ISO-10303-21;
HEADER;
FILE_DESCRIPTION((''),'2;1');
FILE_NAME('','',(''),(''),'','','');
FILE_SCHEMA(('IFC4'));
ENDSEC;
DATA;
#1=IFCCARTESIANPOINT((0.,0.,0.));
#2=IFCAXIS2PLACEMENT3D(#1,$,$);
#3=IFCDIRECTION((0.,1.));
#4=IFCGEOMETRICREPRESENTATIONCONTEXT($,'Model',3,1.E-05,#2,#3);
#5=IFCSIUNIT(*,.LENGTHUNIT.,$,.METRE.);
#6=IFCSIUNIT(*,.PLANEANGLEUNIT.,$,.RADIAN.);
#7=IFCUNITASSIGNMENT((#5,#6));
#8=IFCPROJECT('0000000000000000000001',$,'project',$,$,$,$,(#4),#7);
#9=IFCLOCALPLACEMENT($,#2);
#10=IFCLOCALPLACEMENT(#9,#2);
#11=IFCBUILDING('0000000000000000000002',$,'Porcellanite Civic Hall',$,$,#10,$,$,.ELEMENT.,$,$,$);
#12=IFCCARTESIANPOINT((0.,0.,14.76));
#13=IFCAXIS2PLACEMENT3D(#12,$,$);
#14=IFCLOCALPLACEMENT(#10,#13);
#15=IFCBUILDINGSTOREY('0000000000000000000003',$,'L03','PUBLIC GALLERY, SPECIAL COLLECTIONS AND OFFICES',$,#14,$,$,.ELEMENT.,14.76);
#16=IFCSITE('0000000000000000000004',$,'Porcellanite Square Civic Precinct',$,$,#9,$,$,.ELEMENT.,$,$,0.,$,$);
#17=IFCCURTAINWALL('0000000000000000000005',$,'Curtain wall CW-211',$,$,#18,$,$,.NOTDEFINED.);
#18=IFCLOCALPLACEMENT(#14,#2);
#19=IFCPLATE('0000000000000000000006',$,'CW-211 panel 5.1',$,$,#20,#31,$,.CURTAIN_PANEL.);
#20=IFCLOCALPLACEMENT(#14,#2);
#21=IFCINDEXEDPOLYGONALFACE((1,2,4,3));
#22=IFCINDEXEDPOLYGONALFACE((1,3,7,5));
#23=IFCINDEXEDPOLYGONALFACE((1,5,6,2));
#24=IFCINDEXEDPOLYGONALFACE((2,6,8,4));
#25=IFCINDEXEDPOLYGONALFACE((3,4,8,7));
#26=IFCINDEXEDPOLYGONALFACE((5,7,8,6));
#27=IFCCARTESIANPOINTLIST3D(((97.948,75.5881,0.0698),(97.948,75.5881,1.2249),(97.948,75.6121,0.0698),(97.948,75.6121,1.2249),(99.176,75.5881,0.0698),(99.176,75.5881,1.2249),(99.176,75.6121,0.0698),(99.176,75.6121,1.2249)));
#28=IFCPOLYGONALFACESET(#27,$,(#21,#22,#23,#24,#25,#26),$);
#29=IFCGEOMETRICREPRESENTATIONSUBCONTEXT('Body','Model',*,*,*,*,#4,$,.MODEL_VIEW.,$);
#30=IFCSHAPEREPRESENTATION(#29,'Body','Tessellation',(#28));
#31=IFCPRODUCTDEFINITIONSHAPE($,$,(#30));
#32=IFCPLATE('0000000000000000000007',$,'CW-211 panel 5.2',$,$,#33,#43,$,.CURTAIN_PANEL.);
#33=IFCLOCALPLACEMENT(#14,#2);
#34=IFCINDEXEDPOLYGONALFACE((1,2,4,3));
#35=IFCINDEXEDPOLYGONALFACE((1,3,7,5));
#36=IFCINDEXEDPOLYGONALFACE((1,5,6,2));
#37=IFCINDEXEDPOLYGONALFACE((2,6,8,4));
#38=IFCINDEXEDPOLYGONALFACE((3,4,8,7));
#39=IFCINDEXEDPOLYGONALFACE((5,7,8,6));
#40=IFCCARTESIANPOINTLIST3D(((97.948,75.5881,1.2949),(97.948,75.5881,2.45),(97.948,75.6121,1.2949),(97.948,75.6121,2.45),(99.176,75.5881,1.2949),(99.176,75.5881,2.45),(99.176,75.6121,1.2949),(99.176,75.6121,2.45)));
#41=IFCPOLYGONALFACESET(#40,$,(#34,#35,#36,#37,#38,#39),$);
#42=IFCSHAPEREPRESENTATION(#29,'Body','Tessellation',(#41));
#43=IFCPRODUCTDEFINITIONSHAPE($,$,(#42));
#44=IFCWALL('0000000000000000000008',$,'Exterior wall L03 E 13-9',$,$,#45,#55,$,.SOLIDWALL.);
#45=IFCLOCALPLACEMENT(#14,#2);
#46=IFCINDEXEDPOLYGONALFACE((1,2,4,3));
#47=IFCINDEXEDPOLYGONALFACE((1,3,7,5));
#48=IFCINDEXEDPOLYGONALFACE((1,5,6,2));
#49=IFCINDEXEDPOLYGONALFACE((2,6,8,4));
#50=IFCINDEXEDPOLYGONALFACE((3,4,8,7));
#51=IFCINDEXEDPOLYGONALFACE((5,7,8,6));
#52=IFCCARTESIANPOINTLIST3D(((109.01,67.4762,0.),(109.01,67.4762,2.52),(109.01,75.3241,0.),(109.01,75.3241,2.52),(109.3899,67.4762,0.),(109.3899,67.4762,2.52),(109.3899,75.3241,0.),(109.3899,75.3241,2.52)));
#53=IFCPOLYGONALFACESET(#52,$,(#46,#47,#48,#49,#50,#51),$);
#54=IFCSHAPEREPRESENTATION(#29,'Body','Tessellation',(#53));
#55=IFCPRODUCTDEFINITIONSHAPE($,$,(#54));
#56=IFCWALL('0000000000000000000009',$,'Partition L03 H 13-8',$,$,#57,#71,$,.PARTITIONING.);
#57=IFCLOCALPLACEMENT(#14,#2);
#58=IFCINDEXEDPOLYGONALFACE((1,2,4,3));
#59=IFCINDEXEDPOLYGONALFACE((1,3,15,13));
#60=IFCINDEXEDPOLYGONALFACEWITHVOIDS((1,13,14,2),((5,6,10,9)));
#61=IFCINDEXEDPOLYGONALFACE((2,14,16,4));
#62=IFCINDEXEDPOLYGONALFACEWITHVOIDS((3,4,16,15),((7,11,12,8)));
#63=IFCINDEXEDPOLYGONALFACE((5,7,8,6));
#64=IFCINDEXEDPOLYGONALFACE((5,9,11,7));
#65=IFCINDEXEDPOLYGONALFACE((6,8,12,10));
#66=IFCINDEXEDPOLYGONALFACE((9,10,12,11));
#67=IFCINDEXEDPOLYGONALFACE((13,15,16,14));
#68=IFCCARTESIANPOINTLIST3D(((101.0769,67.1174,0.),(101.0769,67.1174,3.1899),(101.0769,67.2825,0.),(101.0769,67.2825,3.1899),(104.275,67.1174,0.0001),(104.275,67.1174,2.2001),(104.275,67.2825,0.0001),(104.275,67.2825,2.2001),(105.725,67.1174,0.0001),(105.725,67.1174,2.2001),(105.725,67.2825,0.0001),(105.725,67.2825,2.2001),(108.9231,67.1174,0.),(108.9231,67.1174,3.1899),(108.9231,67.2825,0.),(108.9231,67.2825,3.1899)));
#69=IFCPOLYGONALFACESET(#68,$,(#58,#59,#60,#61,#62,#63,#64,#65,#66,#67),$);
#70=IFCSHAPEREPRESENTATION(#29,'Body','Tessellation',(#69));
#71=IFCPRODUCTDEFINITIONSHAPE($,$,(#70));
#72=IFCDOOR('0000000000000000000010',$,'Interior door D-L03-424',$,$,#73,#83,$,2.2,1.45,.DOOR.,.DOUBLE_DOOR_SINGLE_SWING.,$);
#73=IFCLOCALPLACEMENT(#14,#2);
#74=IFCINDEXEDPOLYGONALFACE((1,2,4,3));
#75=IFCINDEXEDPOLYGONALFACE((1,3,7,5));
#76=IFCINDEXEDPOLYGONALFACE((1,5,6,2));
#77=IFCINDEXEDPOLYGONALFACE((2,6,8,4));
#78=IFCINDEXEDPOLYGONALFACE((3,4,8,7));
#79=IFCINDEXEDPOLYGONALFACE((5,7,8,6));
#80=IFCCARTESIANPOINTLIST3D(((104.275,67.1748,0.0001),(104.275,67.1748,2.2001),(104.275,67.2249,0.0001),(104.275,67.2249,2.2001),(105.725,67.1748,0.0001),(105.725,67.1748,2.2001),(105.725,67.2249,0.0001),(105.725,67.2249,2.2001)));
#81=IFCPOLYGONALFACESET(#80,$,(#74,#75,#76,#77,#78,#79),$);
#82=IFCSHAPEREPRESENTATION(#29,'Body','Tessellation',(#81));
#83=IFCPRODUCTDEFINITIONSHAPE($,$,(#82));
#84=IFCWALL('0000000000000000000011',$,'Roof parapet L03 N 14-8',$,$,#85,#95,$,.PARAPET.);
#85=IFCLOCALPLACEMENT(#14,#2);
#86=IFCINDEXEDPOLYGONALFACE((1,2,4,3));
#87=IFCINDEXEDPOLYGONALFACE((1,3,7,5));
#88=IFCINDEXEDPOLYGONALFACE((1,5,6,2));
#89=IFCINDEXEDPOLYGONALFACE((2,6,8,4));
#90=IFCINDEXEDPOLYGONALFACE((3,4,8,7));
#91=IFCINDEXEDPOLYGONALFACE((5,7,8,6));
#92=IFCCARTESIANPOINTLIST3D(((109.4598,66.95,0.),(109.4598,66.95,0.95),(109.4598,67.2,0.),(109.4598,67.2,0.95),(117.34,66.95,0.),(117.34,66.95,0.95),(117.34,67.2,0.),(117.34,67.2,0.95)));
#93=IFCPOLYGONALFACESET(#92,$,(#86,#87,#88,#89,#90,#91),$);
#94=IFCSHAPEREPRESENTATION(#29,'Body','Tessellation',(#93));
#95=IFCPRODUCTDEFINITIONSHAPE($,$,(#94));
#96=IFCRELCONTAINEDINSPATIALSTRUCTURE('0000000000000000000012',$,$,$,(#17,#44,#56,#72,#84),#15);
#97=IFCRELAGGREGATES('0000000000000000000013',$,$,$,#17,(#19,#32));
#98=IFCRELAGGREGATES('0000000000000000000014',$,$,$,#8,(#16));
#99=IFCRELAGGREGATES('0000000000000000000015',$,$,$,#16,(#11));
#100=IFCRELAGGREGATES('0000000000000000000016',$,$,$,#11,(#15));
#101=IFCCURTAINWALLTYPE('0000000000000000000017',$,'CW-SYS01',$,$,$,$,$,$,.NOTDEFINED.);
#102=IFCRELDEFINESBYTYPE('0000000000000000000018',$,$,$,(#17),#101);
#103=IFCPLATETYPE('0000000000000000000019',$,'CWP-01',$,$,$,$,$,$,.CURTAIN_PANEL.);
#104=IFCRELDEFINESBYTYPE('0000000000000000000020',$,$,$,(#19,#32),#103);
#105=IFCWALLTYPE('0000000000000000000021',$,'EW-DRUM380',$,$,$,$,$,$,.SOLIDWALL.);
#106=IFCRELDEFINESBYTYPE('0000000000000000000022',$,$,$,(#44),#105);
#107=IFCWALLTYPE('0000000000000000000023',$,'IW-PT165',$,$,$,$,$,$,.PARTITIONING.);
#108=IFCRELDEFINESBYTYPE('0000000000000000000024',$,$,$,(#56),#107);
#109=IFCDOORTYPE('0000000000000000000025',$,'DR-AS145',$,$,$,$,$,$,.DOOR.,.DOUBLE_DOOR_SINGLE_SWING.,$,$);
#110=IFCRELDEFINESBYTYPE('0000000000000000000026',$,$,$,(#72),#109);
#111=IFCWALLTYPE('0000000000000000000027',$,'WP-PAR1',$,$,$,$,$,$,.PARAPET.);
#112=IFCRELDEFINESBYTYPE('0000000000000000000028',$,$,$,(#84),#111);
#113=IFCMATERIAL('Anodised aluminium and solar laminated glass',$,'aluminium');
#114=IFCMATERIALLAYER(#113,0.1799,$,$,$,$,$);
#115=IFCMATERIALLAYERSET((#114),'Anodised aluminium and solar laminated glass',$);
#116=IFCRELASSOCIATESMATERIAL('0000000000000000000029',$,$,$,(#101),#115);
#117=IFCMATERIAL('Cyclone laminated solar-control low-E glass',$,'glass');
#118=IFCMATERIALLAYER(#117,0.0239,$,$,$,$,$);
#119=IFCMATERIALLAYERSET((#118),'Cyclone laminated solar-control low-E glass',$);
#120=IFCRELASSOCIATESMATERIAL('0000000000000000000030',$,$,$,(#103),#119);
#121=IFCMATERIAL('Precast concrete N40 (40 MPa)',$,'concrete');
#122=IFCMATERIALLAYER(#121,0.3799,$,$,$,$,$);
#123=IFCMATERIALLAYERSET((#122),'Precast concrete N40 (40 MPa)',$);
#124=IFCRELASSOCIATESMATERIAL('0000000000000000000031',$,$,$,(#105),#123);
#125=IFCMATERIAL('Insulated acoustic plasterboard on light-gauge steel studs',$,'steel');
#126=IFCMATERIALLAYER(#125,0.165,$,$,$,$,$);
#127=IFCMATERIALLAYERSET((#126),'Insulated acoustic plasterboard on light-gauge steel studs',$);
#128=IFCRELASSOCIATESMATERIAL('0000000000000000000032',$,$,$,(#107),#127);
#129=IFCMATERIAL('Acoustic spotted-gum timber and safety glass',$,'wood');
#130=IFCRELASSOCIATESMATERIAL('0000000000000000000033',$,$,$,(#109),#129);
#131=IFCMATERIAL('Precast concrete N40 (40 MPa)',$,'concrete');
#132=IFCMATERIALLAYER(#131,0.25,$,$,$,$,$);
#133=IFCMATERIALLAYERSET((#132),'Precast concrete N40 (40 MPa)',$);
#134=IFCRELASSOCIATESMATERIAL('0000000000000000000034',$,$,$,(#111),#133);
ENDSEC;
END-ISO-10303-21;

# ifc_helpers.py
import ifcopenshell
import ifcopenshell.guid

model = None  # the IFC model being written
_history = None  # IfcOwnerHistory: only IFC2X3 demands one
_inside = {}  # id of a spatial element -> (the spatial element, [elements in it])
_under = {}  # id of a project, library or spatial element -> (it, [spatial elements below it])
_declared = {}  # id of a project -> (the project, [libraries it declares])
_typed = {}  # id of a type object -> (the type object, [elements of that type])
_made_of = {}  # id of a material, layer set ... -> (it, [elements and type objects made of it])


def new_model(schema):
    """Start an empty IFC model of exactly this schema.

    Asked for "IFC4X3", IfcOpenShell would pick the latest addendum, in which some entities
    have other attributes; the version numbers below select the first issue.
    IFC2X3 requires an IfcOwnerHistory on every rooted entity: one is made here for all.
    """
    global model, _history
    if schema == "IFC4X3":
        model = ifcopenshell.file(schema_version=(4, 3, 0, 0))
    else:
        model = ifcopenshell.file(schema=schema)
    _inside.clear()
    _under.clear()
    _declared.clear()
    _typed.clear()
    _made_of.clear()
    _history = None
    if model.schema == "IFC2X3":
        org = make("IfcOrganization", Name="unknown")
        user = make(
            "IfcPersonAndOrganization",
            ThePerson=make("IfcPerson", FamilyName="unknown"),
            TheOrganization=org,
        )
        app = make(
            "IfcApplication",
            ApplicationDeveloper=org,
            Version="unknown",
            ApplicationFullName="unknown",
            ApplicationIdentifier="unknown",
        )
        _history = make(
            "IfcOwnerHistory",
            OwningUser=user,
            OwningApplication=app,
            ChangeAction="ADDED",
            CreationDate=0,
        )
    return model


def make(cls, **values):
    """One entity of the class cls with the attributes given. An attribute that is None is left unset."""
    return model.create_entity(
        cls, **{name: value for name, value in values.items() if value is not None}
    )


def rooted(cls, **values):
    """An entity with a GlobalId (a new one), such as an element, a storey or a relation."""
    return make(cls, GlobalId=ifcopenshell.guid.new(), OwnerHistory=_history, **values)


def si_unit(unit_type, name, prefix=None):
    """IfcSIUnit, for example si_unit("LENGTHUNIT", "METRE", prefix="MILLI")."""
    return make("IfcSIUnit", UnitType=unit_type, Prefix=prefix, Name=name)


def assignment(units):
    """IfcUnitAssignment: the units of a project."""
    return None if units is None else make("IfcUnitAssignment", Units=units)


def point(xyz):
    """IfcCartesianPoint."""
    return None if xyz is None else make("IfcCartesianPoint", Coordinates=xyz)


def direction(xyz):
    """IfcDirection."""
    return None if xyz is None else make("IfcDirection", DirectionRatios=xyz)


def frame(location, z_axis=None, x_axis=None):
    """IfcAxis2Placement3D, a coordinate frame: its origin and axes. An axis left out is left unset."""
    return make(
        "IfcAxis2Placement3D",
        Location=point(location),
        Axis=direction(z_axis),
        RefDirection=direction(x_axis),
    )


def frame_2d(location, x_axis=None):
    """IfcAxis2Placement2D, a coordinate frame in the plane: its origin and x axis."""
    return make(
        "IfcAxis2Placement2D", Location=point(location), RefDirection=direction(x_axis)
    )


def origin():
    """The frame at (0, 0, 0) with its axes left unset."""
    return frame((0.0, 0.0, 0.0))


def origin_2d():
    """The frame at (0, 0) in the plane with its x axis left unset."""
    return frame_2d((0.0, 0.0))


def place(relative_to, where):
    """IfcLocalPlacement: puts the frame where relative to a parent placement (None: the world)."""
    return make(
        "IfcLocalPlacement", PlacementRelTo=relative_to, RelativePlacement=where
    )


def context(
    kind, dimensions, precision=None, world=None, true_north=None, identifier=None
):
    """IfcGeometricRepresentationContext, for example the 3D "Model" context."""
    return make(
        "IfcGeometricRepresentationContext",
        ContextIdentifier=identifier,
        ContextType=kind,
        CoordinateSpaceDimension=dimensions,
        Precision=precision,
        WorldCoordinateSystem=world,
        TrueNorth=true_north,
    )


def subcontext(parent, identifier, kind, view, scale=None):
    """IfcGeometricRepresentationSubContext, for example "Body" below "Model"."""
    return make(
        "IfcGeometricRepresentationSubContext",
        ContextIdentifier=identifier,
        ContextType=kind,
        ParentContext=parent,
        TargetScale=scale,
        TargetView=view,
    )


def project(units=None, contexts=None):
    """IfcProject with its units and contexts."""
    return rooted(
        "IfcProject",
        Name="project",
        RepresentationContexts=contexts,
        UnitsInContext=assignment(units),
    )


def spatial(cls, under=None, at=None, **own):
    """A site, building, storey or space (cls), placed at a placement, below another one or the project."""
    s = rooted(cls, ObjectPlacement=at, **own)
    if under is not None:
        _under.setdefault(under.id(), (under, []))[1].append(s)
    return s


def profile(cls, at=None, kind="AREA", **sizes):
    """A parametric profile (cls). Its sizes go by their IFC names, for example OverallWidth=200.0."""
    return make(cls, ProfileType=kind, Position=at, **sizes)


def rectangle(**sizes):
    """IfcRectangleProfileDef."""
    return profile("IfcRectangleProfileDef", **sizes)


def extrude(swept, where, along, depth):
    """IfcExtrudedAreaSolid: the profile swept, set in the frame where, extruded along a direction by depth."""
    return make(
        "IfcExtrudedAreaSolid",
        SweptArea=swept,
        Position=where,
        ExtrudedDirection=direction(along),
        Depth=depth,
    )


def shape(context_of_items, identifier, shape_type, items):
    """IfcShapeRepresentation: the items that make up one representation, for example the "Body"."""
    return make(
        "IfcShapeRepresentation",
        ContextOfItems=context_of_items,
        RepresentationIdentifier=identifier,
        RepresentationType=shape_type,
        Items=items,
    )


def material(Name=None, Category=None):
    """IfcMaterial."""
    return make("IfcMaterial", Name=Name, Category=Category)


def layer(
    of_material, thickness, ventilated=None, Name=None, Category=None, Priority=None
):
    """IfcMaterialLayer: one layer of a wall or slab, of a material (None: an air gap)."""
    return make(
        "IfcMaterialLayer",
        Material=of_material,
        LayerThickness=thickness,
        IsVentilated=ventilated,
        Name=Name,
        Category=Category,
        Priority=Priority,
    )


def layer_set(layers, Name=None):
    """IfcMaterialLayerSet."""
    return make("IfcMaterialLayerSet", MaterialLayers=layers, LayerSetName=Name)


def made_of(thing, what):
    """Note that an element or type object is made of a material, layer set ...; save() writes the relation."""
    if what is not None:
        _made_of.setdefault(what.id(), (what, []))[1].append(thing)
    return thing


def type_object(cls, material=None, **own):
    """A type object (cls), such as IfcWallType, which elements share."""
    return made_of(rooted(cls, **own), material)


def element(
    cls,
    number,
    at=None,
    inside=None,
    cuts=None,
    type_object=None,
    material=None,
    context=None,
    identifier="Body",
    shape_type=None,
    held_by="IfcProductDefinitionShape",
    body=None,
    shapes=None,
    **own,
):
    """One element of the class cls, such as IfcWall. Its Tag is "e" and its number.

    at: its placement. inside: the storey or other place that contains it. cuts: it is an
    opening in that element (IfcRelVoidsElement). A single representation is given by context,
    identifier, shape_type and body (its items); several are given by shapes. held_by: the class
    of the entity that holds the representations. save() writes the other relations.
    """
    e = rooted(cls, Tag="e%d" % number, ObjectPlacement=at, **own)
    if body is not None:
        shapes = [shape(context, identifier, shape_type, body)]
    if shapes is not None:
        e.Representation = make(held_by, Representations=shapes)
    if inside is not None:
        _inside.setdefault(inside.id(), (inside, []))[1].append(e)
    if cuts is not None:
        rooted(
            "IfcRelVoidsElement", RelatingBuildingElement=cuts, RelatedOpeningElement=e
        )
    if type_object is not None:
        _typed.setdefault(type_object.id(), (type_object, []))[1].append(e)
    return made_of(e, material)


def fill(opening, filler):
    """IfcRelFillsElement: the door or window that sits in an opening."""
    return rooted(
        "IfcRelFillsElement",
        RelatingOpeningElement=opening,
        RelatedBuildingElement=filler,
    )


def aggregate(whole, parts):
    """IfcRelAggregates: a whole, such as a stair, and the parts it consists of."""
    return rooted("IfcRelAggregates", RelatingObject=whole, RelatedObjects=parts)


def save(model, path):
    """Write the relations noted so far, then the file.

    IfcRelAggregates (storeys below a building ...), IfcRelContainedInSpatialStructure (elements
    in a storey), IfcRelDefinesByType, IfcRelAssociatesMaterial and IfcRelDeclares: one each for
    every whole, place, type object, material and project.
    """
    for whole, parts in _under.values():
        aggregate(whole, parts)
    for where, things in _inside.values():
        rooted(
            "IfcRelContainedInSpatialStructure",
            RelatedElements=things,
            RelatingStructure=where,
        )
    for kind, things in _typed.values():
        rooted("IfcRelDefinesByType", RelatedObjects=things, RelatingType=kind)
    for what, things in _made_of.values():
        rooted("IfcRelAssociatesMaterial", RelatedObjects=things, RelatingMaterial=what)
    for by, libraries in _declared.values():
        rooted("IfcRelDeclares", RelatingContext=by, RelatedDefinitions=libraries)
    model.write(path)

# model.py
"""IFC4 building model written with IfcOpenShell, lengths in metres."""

from ifc_helpers import new_model, si_unit, direction, frame, frame_2d, origin, origin_2d, place, context, subcontext, project, spatial, rectangle, extrude, material, layer, layer_set, type_object, element, fill, aggregate, save


model = new_model("IFC4")

# Units and contexts
model_context = context("Model", 3, precision=1e-05, world=origin(), true_north=direction((0.0, 1.0)))
body_context = subcontext(model_context, "Body", "Model", "MODEL_VIEW")
ifc_project = project(units=[si_unit("LENGTHUNIT", "METRE"), si_unit("PLANEANGLEUNIT", "RADIAN")], contexts=[model_context])

# Site, building, storey
site_placement = place(None, origin())
site = spatial("IfcSite", under=ifc_project, at=site_placement, Name="Porcellanite Square Civic Precinct", CompositionType="ELEMENT", RefElevation=0.0)
building_placement = place(site_placement, origin())
building = spatial("IfcBuilding", under=site, at=building_placement, Name="Porcellanite Civic Hall", CompositionType="ELEMENT")
storey_placement = place(building_placement, frame((0.0, 0.0, 14.76)))
storey = spatial("IfcBuildingStorey", under=building, at=storey_placement, Name="L03", Description="PUBLIC GALLERY, SPECIAL COLLECTIONS AND OFFICES", CompositionType="ELEMENT", Elevation=14.76)

# Curtain wall
ifc_material_1 = material(Name="Anodised aluminium and solar laminated glass", Category="aluminium")
ifc_layer_1 = layer(ifc_material_1, 0.1799)
ifc_layer_set_1 = layer_set([ifc_layer_1], Name="Anodised aluminium and solar laminated glass")
curtain_wall_type = type_object("IfcCurtainWallType", Name="CW-SYS01", PredefinedType="NOTDEFINED", material=ifc_layer_set_1)
curtain_wall_placement = place(storey_placement, origin())
curtain_wall = element("IfcCurtainWall", 1, at=curtain_wall_placement, inside=storey, type_object=curtain_wall_type, Name="Curtain wall CW-211", PredefinedType="NOTDEFINED")

# Plates
ifc_material_2 = material(Name="Cyclone laminated solar-control low-E glass", Category="glass")
ifc_layer_2 = layer(ifc_material_2, 0.0239)
ifc_layer_set_2 = layer_set([ifc_layer_2], Name="Cyclone laminated solar-control low-E glass")
plate_type = type_object("IfcPlateType", Name="CWP-01", PredefinedType="CURTAIN_PANEL", material=ifc_layer_set_2)
plate_1_placement = place(storey_placement, frame((98.562, 75.6001, 0.0698), z_axis=(0.0, 0.0, 1.0), x_axis=(1.0, 0.0, 0.0)))
plate_1 = element("IfcPlate", 2, at=plate_1_placement, type_object=plate_type, Name="CW-211 panel 5.1", PredefinedType="CURTAIN_PANEL", context=body_context, shape_type="SweptSolid", body=[
    extrude(rectangle(XDim=1.228, YDim=0.0239, at=origin_2d()), origin(), (0.0, 0.0, 1.0), 1.155),
])
plate_2_placement = place(storey_placement, frame((98.562, 75.6001, 1.2949), z_axis=(0.0, 0.0, 1.0), x_axis=(1.0, 0.0, 0.0)))
plate_2 = element("IfcPlate", 3, at=plate_2_placement, type_object=plate_type, Name="CW-211 panel 5.2", PredefinedType="CURTAIN_PANEL", context=body_context, shape_type="SweptSolid", body=[
    extrude(rectangle(XDim=1.228, YDim=0.0239, at=origin_2d()), origin(), (0.0, 0.0, 1.0), 1.155),
])
aggregate(curtain_wall, [plate_1, plate_2])

# Wall
ifc_material_3 = material(Name="Precast concrete N40 (40 MPa)", Category="concrete")
ifc_layer_3 = layer(ifc_material_3, 0.3799)
ifc_layer_set_3 = layer_set([ifc_layer_3], Name="Precast concrete N40 (40 MPa)")
wall_type_1 = type_object("IfcWallType", Name="EW-DRUM380", PredefinedType="SOLIDWALL", material=ifc_layer_set_3)
wall_1_placement = place(storey_placement, frame((109.2, 75.324, 0.0), z_axis=(0.0, 0.0, 1.0), x_axis=(0.0, -1.0, 0.0)))
element("IfcWall", 4, at=wall_1_placement, inside=storey, type_object=wall_type_1, Name="Exterior wall L03 E 13-9", PredefinedType="SOLIDWALL", context=body_context, shape_type="SweptSolid", body=[
    extrude(rectangle(XDim=7.8479, YDim=0.3799, at=frame_2d((3.9238, 0.0))), origin(), (0.0, 0.0, 1.0), 2.52),
])

# Wall, opening, door
ifc_material_4 = material(Name="Insulated acoustic plasterboard on light-gauge steel studs", Category="steel")
ifc_layer_4 = layer(ifc_material_4, 0.165)
ifc_layer_set_4 = layer_set([ifc_layer_4], Name="Insulated acoustic plasterboard on light-gauge steel studs")
wall_type_2 = type_object("IfcWallType", Name="IW-PT165", PredefinedType="PARTITIONING", material=ifc_layer_set_4)
wall_2_placement = place(storey_placement, frame((101.0769, 67.2, 0.0), z_axis=(0.0, 0.0, 1.0), x_axis=(1.0, 0.0, 0.0)))
wall_2 = element("IfcWall", 5, at=wall_2_placement, inside=storey, type_object=wall_type_2, Name="Partition L03 H 13-8", PredefinedType="PARTITIONING", context=body_context, shape_type="SweptSolid", body=[
    extrude(rectangle(XDim=7.8462, YDim=0.165, at=frame_2d((3.9231, 0.0))), origin(), (0.0, 0.0, 1.0), 3.1899),
])
opening_placement = place(wall_2_placement, frame((3.198, 0.0, 0.0)))
opening = element("IfcOpeningElement", 6, at=opening_placement, cuts=wall_2, PredefinedType="OPENING", context=body_context, shape_type="SweptSolid", body=[
    extrude(rectangle(XDim=1.45, YDim=2.2, at=frame_2d((0.7251, 1.1001))), frame((0.0, 0.0825, 0.0), z_axis=(0.0, -1.0, 0.0), x_axis=(1.0, 0.0, 0.0)), (0.0, 0.0, 1.0), 0.165),
])
ifc_material_5 = material(Name="Acoustic spotted-gum timber and safety glass", Category="wood")
door_type = type_object("IfcDoorType", Name="DR-AS145", OperationType="DOUBLE_DOOR_SINGLE_SWING", PredefinedType="DOOR", material=ifc_material_5)
door_placement = place(opening_placement, origin())
door = element("IfcDoor", 7, at=door_placement, inside=storey, type_object=door_type, Name="Interior door D-L03-424", OperationType="DOUBLE_DOOR_SINGLE_SWING", OverallHeight=2.2, OverallWidth=1.45, PredefinedType="DOOR", context=body_context, shape_type="SweptSolid", body=[
    extrude(rectangle(XDim=1.45, YDim=2.2, at=frame_2d((0.7251, 1.1001))), frame((0.0, 0.0249, 0.0), z_axis=(0.0, -1.0, 0.0), x_axis=(1.0, 0.0, 0.0)), (0.0, 0.0, 1.0), 0.05),
])
fill(opening, door)

# Wall
ifc_material_6 = material(Name="Precast concrete N40 (40 MPa)", Category="concrete")
ifc_layer_5 = layer(ifc_material_6, 0.25)
ifc_layer_set_5 = layer_set([ifc_layer_5], Name="Precast concrete N40 (40 MPa)")
wall_type_3 = type_object("IfcWallType", Name="WP-PAR1", PredefinedType="PARAPET", material=ifc_layer_set_5)
wall_3_placement = place(storey_placement, frame((109.46, 67.075, 0.0), z_axis=(0.0, 0.0, 1.0), x_axis=(1.0, 0.0, 0.0)))
element("IfcWall", 8, at=wall_3_placement, inside=storey, type_object=wall_type_3, Name="Roof parapet L03 N 14-8", PredefinedType="PARAPET", context=body_context, shape_type="SweptSolid", body=[
    extrude(rectangle(XDim=7.8801, YDim=0.25, at=frame_2d((3.9399, 0.0))), origin(), (0.0, 0.0, 1.0), 0.95),
])

save(model, "model.ifc")
